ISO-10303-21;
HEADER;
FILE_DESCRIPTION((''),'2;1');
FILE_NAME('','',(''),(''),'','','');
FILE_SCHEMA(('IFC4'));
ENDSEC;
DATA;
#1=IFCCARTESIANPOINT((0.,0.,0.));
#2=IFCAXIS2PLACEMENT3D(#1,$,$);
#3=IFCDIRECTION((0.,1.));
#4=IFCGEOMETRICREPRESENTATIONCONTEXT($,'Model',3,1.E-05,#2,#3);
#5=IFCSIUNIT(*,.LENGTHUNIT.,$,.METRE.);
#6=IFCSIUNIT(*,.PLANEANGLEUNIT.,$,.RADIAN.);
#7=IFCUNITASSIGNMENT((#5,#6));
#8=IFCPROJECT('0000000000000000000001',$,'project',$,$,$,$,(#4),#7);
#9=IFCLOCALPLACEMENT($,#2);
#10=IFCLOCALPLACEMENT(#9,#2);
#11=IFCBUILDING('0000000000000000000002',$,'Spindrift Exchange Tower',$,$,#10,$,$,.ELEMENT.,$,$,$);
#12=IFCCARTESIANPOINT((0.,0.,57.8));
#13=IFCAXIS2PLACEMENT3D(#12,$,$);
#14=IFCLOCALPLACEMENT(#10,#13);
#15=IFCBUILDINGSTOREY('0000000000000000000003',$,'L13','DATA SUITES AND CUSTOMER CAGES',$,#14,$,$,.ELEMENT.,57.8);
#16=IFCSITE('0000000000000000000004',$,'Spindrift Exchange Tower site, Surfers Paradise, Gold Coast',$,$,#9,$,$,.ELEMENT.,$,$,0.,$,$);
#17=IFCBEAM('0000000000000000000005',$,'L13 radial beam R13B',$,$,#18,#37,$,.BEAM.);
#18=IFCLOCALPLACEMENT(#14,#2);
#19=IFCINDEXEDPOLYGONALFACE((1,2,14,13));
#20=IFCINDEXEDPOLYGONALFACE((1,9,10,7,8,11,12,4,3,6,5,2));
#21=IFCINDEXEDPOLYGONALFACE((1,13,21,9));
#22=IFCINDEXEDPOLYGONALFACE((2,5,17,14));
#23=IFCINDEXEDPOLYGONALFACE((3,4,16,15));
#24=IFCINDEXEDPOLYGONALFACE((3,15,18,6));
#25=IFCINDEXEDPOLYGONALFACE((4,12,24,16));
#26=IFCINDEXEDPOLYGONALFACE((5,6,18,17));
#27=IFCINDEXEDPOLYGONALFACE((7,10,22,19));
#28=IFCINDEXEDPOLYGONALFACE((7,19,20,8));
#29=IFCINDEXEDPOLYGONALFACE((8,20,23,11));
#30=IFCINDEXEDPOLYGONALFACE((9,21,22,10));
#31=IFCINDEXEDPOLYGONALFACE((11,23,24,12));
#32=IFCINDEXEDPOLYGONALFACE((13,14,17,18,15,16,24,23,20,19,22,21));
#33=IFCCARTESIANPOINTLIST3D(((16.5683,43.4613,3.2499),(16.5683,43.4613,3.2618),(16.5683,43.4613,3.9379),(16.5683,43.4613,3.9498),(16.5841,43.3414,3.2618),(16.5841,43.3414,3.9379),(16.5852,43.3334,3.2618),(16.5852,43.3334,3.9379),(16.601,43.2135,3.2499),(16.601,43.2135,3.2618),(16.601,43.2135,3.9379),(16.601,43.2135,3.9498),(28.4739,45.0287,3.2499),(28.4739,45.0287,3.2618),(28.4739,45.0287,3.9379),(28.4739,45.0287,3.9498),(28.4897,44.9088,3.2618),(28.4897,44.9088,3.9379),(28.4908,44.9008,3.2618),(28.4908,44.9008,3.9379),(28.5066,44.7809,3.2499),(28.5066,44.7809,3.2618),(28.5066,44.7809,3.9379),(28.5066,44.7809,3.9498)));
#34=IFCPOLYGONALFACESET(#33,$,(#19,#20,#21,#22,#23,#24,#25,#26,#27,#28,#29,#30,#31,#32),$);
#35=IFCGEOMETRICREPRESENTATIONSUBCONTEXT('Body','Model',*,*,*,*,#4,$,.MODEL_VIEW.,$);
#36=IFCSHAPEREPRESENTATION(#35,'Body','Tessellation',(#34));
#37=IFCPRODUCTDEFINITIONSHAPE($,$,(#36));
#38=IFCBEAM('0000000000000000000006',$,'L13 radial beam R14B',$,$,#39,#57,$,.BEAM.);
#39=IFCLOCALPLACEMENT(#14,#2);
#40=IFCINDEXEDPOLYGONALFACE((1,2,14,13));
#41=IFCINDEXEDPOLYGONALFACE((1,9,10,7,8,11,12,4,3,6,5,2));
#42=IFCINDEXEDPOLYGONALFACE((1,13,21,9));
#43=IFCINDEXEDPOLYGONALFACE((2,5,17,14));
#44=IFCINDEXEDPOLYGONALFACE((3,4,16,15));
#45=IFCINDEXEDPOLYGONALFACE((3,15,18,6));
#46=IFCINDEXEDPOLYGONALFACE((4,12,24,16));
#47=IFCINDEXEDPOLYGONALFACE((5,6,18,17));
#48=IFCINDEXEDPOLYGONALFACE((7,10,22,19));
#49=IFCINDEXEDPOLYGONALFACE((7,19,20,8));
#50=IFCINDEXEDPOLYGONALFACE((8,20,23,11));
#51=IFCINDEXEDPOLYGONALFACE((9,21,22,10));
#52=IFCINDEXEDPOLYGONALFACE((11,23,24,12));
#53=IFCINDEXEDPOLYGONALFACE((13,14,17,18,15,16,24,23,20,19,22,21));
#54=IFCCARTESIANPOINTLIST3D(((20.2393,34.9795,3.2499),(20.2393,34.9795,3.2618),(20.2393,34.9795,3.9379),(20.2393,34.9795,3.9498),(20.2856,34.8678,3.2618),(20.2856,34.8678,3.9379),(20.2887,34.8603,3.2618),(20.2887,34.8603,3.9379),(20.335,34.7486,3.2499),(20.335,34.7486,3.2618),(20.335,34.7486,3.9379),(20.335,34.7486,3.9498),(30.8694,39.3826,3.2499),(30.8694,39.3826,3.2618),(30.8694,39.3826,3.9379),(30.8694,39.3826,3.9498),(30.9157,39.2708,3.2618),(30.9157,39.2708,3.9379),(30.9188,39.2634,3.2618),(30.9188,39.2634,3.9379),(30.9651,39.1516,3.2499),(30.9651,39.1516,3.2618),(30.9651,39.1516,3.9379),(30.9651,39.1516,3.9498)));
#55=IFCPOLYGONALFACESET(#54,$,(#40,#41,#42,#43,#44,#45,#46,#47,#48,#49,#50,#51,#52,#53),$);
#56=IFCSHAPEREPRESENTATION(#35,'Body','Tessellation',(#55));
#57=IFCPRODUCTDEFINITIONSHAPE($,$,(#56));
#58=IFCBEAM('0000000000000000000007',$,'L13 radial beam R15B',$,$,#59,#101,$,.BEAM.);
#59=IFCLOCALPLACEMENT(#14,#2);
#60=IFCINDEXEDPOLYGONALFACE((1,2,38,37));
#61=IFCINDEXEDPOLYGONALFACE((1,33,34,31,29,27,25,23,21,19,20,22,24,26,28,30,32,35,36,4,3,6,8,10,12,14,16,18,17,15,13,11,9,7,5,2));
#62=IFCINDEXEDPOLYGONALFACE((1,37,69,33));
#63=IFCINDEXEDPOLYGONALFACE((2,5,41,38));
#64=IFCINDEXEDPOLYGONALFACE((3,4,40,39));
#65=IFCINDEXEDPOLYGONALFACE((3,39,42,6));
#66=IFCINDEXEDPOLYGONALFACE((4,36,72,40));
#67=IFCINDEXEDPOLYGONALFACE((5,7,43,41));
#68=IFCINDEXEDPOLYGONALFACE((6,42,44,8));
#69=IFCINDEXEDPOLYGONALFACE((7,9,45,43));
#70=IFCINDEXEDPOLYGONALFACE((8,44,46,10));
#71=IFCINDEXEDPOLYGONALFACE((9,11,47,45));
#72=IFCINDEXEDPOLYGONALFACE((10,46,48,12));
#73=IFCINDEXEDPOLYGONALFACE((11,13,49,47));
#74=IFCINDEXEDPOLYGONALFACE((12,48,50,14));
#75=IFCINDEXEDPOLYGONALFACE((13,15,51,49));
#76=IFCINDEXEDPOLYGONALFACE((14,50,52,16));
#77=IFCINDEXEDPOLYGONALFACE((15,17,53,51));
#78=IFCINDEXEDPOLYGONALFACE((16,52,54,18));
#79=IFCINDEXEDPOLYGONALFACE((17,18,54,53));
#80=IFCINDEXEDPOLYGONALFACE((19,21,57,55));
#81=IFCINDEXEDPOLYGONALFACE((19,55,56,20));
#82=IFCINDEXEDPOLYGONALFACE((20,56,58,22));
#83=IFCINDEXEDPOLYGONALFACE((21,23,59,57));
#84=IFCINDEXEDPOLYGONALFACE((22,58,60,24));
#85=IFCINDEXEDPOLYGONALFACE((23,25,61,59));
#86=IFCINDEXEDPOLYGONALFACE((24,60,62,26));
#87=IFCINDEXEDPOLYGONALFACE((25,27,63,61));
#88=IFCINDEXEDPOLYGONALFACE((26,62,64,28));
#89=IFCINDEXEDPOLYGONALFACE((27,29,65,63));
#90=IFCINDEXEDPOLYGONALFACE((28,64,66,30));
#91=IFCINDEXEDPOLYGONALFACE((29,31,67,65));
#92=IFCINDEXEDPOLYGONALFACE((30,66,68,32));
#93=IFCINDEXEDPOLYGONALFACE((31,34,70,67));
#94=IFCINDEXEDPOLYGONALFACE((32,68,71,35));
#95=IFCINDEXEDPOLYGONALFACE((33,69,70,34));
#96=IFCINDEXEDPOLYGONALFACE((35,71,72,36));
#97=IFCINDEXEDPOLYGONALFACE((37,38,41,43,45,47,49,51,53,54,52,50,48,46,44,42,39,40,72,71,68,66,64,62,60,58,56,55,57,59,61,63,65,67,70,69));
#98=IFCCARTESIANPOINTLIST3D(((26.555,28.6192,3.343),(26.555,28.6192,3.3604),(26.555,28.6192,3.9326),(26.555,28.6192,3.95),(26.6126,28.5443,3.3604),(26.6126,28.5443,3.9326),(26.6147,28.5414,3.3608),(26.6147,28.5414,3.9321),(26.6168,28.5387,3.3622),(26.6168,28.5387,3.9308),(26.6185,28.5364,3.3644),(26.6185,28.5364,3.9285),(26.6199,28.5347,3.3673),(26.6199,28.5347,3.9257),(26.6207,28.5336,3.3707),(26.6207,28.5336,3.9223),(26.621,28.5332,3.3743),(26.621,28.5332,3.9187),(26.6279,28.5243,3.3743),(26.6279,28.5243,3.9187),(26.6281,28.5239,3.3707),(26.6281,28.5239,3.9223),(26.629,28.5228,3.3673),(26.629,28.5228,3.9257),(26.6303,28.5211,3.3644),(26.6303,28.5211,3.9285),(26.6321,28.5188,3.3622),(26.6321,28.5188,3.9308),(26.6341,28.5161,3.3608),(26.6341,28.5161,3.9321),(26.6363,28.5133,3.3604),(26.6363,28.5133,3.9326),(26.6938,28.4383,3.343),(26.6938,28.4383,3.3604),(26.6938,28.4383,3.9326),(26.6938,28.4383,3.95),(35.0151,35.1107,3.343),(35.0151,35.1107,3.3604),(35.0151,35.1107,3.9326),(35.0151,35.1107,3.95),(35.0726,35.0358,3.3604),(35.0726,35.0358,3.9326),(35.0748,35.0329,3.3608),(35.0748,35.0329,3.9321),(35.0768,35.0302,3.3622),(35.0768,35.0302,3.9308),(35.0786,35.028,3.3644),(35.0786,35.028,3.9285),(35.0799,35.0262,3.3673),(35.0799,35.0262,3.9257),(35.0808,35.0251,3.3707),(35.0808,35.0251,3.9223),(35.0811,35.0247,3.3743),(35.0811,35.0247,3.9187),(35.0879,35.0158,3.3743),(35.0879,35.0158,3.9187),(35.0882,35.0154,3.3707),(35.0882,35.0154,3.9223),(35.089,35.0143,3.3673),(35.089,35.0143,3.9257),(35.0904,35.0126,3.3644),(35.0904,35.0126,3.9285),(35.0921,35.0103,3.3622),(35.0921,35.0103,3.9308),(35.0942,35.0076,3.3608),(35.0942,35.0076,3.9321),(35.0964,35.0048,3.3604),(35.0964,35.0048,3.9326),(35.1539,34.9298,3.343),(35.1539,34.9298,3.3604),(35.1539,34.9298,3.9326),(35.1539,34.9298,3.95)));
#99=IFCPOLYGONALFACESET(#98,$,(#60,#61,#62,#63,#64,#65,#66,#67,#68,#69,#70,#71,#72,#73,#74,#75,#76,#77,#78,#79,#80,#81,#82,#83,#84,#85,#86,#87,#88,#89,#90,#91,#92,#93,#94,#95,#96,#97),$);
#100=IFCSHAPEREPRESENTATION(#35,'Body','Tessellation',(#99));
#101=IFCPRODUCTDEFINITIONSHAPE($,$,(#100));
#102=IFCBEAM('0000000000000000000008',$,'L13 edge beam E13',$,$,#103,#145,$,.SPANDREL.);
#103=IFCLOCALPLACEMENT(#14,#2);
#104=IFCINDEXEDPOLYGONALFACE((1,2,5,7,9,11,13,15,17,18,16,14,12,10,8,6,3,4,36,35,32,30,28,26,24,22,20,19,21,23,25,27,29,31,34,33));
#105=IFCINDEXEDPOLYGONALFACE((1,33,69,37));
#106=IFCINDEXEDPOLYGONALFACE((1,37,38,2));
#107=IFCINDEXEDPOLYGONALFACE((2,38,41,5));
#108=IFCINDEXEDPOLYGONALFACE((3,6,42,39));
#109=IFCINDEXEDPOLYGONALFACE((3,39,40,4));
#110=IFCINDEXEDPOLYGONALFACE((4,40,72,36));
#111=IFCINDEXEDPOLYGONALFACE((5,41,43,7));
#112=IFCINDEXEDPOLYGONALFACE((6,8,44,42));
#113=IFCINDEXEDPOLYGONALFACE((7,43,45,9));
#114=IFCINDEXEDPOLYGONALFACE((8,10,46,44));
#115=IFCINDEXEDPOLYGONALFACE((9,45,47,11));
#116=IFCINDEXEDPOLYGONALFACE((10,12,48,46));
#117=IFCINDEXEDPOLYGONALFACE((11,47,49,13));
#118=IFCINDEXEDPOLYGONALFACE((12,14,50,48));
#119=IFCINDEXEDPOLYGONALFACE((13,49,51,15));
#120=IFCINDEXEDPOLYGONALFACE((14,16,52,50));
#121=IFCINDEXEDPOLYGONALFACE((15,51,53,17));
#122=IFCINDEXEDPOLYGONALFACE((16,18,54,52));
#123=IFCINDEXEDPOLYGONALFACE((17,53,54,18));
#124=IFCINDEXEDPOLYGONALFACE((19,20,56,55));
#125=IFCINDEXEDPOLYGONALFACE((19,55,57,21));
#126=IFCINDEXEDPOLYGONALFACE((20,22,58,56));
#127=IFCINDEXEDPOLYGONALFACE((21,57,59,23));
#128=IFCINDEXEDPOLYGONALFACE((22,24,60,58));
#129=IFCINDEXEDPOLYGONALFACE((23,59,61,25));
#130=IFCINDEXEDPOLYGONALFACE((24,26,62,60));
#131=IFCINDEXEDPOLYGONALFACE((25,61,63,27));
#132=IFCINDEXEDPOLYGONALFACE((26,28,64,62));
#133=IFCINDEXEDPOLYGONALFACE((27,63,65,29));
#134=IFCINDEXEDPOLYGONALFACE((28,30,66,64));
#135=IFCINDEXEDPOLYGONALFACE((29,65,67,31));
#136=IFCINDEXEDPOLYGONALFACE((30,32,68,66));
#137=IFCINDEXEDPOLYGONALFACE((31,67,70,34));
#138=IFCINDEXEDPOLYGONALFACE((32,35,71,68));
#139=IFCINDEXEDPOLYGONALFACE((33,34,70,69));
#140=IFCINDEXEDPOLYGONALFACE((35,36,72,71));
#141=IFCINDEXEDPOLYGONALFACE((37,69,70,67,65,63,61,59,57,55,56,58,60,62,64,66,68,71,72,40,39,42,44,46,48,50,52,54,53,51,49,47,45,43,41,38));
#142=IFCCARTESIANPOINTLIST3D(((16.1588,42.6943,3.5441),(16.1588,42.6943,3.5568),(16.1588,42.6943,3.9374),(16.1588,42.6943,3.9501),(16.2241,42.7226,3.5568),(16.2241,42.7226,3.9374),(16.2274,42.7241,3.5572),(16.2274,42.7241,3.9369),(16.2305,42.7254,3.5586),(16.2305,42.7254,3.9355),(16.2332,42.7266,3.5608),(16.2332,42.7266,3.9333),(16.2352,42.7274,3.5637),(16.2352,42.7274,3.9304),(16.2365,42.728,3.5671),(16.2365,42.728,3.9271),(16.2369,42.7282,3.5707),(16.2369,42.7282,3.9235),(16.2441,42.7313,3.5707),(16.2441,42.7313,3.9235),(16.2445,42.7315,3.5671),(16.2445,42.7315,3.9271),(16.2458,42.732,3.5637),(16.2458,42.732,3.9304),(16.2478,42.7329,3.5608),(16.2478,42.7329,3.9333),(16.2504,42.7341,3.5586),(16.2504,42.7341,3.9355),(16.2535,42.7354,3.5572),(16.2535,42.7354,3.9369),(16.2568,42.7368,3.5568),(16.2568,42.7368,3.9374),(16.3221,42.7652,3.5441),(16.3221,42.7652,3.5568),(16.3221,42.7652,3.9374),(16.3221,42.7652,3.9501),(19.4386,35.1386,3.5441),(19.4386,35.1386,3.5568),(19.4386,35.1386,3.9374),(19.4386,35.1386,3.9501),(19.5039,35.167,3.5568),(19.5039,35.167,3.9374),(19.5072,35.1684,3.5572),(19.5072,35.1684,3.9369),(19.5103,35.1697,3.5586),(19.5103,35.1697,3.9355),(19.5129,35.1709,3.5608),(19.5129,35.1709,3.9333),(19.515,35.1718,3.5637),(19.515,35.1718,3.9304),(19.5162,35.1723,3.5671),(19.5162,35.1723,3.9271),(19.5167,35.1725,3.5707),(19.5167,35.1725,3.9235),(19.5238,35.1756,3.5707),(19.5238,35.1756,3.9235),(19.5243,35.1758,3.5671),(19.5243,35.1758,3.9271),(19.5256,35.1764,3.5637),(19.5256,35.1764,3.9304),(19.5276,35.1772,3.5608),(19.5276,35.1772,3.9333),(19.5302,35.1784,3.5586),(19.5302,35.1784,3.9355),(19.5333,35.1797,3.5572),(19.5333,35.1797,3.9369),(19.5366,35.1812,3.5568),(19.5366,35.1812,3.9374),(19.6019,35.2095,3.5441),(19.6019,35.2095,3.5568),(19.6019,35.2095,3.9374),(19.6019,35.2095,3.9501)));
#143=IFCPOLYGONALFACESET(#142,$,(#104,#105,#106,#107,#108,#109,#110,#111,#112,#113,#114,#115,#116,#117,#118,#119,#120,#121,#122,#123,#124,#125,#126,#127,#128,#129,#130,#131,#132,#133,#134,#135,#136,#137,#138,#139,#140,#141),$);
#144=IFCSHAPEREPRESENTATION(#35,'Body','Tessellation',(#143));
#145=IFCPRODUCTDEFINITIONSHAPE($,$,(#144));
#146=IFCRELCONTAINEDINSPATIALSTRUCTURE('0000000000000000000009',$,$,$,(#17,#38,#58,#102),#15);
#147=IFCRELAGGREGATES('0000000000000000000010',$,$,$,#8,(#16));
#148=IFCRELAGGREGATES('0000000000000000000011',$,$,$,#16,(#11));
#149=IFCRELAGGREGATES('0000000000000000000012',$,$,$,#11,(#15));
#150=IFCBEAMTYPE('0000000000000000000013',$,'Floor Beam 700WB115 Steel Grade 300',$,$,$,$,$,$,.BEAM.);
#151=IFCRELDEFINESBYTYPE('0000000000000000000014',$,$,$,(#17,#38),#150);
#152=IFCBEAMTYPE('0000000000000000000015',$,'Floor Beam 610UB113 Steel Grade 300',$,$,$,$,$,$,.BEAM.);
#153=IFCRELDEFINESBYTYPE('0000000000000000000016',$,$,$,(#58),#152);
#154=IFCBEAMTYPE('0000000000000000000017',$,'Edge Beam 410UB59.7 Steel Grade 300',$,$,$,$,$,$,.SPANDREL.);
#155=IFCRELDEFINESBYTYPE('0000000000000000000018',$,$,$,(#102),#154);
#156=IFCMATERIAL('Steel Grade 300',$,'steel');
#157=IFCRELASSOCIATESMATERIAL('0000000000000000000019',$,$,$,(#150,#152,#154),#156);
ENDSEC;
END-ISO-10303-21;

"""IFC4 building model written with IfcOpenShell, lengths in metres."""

from ifc_helpers import new_model, si_unit, direction, frame, origin, origin_2d, place, context, subcontext, project, spatial, i_section, extrude, source, transform, mapped, material, material_profile, profile_set, type_object, element, save


model = new_model("IFC4")

# Units and contexts
model_context = context("Model", 3, precision=1e-05, world=origin(), true_north=direction((0.0, 1.0)))
body_context = subcontext(model_context, "Body", "Model", "MODEL_VIEW")
ifc_project = project(units=[si_unit("LENGTHUNIT", "METRE"), si_unit("PLANEANGLEUNIT", "RADIAN")], contexts=[model_context])

# Site, building, storey
site_placement = place(None, origin())
site = spatial("IfcSite", under=ifc_project, at=site_placement, Name="Spindrift Exchange Tower site, Surfers Paradise, Gold Coast", CompositionType="ELEMENT", RefElevation=0.0)
building_placement = place(site_placement, origin())
building = spatial("IfcBuilding", under=site, at=building_placement, Name="Spindrift Exchange Tower", CompositionType="ELEMENT")
storey_placement = place(building_placement, frame((0.0, 0.0, 57.8)))
storey = spatial("IfcBuildingStorey", under=building, at=storey_placement, Name="L13", Description="DATA SUITES AND CUSTOMER CAGES", CompositionType="ELEMENT", Elevation=57.8)

# Beams
ifc_material_1 = material(Name="Steel Grade 300", Category="steel")
ifc_material_profile_1 = material_profile(ifc_material_1, i_section(OverallWidth=0.25, OverallDepth=0.7, WebThickness=0.0081, FlangeThickness=0.012, at=origin_2d()), Name="700WB115")
ifc_profile_set_1 = profile_set([ifc_material_profile_1], Name="Steel Grade 300")
beam_type_1 = type_object("IfcBeamType", Name="Floor Beam 700WB115 Steel Grade 300", PredefinedType="BEAM", material=ifc_profile_set_1)
shared_shape_1 = source(origin(), body_context, "Body", "SweptSolid", [
    extrude(i_section(OverallWidth=0.25, OverallDepth=0.7, WebThickness=0.0081, FlangeThickness=0.012, at=origin_2d()), origin(), (0.0, 0.0, 1.0), 12.0083),
])
beam_1_placement = place(storey_placement, frame((28.4902, 44.9048, 3.5999), z_axis=(-0.991445, -0.130526, 0.0), x_axis=(0.130526, -0.991445, 0.0)))
element("IfcBeam", 1, at=beam_1_placement, inside=storey, type_object=beam_type_1, Name="L13 radial beam R13B", PredefinedType="BEAM", context=body_context, shape_type="MappedRepresentation", body=[
    mapped(shared_shape_1, transform((0.0, 0.0, 0.0), scale=1.0)),
])
shared_shape_2 = source(origin(), body_context, "Body", "SweptSolid", [
    extrude(i_section(OverallWidth=0.25, OverallDepth=0.7, WebThickness=0.0081, FlangeThickness=0.012, at=origin_2d()), origin(), (0.0, 0.0, 1.0), 11.5059),
])
beam_2_placement = place(storey_placement, frame((30.9172, 39.2671, 3.5999), z_axis=(-0.923882, -0.382678, 0.0), x_axis=(0.382678, -0.923882, 0.0)))
element("IfcBeam", 2, at=beam_2_placement, inside=storey, type_object=beam_type_1, Name="L13 radial beam R14B", PredefinedType="BEAM", context=body_context, shape_type="MappedRepresentation", body=[
    mapped(shared_shape_2, transform((0.0, 0.0, 0.0), scale=1.0)),
])
ifc_material_profile_2 = material_profile(ifc_material_1, i_section(OverallWidth=0.228, OverallDepth=0.6069, WebThickness=0.0112, FlangeThickness=0.0173, FilletRadius=0.0139, at=origin_2d()), Name="610UB113")
ifc_profile_set_2 = profile_set([ifc_material_profile_2], Name="Steel Grade 300")
beam_type_2 = type_object("IfcBeamType", Name="Floor Beam 610UB113 Steel Grade 300", PredefinedType="BEAM", material=ifc_profile_set_2)
shared_shape_3 = source(origin(), body_context, "Body", "SweptSolid", [
    extrude(i_section(OverallWidth=0.228, OverallDepth=0.6069, WebThickness=0.0112, FlangeThickness=0.0173, FilletRadius=0.0139, at=origin_2d()), origin(), (0.0, 0.0, 1.0), 10.6636),
])
beam_3_placement = place(storey_placement, frame((35.0845, 35.0203, 3.6465), z_axis=(-0.793358, -0.608755, 0.0), x_axis=(0.608755, -0.793358, 0.0)))
element("IfcBeam", 3, at=beam_3_placement, inside=storey, type_object=beam_type_2, Name="L13 radial beam R15B", PredefinedType="BEAM", context=body_context, shape_type="MappedRepresentation", body=[
    mapped(shared_shape_3, transform((0.0, 0.0, 0.0), scale=1.0)),
])
ifc_material_profile_3 = material_profile(ifc_material_1, i_section(OverallWidth=0.178, OverallDepth=0.406, WebThickness=0.0078, FlangeThickness=0.0127, FilletRadius=0.0139, at=origin_2d()), Name="410UB59.7")
ifc_profile_set_3 = profile_set([ifc_material_profile_3], Name="Steel Grade 300")
beam_type_3 = type_object("IfcBeamType", Name="Edge Beam 410UB59.7 Steel Grade 300", PredefinedType="SPANDREL", material=ifc_profile_set_3)
shared_shape_4 = source(origin(), body_context, "Body", "SweptSolid", [
    extrude(i_section(OverallWidth=0.178, OverallDepth=0.406, WebThickness=0.0078, FlangeThickness=0.0127, FilletRadius=0.0139, at=origin_2d()), origin(), (0.0, 0.0, 1.0), 8.2368),
])
beam_4_placement = place(storey_placement, frame((16.2405, 42.7297, 3.7471), z_axis=(0.398186, -0.917305, 0.0), x_axis=(0.917305, 0.398186, 0.0)))
element("IfcBeam", 4, at=beam_4_placement, inside=storey, type_object=beam_type_3, Name="L13 edge beam E13", PredefinedType="SPANDREL", context=body_context, shape_type="MappedRepresentation", body=[
    mapped(shared_shape_4, transform((0.0, 0.0, 0.0), scale=1.0)),
])

save(model, "model.ifc")
